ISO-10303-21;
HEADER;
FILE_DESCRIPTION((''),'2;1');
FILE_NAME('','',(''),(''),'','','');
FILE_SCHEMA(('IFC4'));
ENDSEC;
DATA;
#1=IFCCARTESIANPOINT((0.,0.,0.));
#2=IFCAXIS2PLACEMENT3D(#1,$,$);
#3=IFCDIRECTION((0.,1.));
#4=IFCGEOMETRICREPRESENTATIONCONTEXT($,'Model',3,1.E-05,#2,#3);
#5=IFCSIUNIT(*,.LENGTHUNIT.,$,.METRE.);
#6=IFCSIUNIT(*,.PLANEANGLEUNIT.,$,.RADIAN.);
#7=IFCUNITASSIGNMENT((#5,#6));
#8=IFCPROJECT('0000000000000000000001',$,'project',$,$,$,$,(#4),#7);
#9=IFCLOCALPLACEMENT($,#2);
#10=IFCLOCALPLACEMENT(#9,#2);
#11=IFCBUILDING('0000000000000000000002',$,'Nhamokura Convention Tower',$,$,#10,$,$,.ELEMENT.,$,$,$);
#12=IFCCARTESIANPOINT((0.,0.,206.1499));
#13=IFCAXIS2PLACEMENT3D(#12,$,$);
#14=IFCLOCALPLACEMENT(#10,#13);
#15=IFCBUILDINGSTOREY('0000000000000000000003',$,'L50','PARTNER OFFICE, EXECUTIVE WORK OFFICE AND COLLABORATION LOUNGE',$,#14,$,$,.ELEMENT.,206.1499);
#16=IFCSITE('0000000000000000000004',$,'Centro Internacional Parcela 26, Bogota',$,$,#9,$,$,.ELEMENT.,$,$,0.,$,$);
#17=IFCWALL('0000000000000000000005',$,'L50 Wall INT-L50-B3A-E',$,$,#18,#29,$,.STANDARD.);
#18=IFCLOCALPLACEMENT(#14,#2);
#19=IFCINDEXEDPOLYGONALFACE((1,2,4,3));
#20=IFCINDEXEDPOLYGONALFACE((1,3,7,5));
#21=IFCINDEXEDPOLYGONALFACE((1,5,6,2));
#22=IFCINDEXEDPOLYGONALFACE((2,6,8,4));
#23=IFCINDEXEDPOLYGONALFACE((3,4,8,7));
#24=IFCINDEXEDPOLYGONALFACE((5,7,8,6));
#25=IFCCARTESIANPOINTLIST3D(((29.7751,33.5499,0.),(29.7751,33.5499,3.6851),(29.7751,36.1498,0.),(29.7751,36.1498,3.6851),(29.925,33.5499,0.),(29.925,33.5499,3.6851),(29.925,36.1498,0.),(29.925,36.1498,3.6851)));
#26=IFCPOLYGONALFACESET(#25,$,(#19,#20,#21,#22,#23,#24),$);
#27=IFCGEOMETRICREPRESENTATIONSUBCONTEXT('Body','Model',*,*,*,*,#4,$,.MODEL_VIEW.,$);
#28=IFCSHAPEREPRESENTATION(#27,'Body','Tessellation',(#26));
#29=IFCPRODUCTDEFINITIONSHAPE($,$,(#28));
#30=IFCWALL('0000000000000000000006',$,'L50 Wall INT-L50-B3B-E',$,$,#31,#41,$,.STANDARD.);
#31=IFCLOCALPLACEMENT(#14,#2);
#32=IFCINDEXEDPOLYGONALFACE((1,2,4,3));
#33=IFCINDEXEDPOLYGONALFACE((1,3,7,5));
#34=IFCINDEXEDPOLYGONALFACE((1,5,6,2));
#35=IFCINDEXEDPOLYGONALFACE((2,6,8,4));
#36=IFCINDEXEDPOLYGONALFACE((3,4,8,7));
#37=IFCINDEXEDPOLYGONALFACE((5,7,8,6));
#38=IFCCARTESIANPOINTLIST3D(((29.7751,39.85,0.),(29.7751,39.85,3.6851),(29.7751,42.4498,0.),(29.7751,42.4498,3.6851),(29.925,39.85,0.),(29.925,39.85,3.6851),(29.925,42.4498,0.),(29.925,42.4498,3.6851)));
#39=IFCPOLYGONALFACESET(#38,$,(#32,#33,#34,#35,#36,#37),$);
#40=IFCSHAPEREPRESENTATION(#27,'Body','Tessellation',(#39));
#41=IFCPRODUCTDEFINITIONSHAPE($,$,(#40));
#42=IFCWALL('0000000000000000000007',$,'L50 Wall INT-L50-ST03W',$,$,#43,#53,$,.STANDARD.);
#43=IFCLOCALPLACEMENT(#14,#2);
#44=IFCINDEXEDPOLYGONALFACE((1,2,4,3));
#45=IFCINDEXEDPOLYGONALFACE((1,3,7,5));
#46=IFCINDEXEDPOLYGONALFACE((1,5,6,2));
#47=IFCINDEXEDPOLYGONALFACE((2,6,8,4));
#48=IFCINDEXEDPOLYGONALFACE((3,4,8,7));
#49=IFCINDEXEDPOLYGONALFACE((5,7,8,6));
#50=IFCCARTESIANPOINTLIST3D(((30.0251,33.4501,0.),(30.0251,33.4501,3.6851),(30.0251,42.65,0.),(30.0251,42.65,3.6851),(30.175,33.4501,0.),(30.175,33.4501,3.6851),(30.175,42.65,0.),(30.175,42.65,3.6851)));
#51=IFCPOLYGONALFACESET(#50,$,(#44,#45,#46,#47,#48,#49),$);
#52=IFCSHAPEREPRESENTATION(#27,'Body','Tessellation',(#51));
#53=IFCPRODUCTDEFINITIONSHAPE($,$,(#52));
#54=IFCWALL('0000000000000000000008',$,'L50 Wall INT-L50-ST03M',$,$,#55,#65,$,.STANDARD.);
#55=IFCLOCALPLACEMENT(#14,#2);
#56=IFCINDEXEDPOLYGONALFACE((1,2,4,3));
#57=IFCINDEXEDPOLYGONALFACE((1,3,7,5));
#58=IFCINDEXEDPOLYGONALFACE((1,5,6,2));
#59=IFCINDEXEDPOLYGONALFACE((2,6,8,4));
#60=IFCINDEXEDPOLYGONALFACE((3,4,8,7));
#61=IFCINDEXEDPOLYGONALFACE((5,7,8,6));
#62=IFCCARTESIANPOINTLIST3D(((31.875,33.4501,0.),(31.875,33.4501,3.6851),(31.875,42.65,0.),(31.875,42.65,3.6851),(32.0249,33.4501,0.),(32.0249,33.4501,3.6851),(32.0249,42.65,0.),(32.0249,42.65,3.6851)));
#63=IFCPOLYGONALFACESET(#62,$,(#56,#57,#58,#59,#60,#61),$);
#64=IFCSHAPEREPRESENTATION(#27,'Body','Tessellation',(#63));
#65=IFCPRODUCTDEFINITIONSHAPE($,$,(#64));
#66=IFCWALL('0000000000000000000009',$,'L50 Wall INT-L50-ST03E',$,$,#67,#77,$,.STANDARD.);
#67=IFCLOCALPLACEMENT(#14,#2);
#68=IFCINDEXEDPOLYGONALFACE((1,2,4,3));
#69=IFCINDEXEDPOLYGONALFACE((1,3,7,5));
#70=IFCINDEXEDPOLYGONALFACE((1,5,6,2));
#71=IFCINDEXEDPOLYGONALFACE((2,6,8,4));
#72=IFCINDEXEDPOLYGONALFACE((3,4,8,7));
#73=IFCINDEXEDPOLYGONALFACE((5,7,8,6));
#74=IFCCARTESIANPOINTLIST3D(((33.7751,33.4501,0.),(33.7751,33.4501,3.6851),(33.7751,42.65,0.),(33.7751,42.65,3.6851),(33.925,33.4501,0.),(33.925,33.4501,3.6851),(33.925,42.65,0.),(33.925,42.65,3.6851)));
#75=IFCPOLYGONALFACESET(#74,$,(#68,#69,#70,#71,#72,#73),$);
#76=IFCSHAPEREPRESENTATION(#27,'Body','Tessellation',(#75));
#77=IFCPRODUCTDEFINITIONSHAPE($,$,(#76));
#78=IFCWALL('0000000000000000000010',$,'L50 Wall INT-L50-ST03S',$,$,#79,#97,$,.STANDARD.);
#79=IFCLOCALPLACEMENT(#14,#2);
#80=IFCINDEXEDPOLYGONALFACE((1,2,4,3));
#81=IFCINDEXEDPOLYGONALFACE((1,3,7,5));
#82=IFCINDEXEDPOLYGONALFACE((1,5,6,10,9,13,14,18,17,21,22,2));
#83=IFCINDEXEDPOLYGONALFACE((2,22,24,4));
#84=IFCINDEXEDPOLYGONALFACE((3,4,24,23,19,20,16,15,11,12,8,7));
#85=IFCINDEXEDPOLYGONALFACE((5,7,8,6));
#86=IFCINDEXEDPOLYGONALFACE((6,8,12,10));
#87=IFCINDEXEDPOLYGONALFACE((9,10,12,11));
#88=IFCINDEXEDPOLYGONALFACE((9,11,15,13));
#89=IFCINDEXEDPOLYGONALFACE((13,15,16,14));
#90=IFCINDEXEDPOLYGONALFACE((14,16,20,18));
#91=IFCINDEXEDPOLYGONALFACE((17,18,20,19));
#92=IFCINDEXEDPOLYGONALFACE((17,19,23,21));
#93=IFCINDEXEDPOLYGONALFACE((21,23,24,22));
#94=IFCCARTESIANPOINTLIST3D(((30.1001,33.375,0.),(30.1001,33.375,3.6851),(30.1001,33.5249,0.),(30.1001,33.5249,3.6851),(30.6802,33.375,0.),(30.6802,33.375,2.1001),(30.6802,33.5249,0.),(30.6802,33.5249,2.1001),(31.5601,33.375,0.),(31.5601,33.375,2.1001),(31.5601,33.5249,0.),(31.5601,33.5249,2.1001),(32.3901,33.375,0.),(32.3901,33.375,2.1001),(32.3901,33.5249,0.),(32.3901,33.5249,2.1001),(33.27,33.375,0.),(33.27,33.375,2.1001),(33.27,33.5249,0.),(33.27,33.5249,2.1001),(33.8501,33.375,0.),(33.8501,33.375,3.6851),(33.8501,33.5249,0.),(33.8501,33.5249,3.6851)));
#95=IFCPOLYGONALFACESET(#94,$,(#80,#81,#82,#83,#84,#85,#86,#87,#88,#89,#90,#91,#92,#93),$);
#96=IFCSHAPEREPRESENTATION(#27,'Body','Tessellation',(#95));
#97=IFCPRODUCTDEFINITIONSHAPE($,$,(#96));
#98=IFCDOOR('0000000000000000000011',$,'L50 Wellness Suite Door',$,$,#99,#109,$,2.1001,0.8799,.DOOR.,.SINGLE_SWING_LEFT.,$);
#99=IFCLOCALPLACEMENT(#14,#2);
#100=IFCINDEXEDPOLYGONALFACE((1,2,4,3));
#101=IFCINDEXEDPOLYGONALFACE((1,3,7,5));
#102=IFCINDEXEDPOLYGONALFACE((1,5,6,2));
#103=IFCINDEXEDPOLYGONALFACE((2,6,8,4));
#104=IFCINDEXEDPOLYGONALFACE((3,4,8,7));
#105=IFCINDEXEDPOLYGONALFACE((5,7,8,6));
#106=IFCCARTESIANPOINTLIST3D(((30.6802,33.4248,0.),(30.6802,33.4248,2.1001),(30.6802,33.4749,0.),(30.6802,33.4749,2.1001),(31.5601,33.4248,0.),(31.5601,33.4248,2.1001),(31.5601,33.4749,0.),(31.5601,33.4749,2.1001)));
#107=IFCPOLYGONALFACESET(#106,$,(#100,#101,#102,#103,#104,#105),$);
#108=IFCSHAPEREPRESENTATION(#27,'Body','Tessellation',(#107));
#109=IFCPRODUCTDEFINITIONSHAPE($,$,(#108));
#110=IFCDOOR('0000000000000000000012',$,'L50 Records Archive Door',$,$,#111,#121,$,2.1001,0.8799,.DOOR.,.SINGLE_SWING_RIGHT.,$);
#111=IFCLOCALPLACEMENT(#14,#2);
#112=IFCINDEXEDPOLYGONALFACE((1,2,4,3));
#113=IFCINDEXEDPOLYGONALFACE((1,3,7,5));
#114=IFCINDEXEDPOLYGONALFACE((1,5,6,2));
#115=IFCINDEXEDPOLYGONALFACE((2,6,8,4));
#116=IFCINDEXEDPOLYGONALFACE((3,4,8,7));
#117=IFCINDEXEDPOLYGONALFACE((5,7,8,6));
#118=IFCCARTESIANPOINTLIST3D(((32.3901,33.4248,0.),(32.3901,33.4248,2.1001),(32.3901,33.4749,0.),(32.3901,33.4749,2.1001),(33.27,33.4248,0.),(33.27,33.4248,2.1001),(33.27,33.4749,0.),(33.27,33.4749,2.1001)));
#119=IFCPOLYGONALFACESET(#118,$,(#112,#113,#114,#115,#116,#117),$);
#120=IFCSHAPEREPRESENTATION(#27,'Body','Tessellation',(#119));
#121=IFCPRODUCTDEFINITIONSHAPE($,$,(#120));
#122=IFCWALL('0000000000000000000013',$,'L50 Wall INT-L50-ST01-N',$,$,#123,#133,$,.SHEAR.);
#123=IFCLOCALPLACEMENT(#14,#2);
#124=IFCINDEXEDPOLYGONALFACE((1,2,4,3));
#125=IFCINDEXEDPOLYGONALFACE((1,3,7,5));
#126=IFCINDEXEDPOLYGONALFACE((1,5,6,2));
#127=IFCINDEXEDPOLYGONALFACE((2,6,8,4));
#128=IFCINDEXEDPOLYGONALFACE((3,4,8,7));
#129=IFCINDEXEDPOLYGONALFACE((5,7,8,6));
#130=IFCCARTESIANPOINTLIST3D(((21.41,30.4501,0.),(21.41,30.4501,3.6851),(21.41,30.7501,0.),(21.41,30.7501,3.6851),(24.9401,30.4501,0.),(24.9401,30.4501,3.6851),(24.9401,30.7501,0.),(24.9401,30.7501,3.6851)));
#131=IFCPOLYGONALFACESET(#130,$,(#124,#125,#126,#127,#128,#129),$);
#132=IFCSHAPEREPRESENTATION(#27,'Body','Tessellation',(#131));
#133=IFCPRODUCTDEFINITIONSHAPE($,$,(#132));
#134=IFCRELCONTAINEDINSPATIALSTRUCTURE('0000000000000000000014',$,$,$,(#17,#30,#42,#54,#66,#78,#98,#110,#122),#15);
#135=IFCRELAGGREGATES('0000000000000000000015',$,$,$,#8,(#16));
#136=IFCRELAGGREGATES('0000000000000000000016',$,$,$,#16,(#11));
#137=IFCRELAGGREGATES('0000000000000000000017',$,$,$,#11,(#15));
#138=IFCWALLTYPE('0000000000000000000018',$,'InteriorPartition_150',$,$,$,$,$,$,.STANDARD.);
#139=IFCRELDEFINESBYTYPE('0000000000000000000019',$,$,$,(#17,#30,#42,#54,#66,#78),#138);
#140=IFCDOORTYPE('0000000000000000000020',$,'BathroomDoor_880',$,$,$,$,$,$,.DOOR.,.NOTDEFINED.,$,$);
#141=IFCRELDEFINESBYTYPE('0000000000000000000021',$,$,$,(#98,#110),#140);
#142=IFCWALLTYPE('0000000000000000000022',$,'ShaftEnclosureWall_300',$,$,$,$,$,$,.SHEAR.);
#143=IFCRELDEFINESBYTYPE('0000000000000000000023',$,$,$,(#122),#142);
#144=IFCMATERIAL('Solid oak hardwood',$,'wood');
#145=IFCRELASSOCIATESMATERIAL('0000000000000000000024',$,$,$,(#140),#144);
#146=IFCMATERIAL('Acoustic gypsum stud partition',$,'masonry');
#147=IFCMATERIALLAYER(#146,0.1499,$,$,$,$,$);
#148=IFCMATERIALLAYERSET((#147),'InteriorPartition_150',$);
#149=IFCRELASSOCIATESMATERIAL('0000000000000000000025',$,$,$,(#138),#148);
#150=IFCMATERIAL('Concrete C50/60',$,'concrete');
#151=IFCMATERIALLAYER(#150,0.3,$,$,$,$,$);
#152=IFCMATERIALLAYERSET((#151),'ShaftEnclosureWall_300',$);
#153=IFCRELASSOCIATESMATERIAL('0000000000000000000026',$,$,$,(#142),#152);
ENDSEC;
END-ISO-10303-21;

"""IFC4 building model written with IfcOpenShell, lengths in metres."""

from ifc_helpers import new_model, si_unit, direction, frame, frame_2d, origin, place, context, subcontext, project, spatial, rectangle, extrude, material, layer, layer_set, type_object, element, fill, save


model = new_model("IFC4")

# Units and contexts
model_context = context("Model", 3, precision=1e-05, world=origin(), true_north=direction((0.0, 1.0)))
body_context = subcontext(model_context, "Body", "Model", "MODEL_VIEW")
ifc_project = project(units=[si_unit("LENGTHUNIT", "METRE"), si_unit("PLANEANGLEUNIT", "RADIAN")], contexts=[model_context])

# Site, building, storey
site_placement = place(None, origin())
site = spatial("IfcSite", under=ifc_project, at=site_placement, Name="Centro Internacional Parcela 26, Bogota", CompositionType="ELEMENT", RefElevation=0.0)
building_placement = place(site_placement, origin())
building = spatial("IfcBuilding", under=site, at=building_placement, Name="Nhamokura Convention Tower", CompositionType="ELEMENT")
storey_placement = place(building_placement, frame((0.0, 0.0, 206.1499)))
storey = spatial("IfcBuildingStorey", under=building, at=storey_placement, Name="L50", Description="PARTNER OFFICE, EXECUTIVE WORK OFFICE AND COLLABORATION LOUNGE", CompositionType="ELEMENT", Elevation=206.1499)

# Shared definitions
ifc_material_1 = material(Name="Solid oak hardwood", Category="wood")
door_type_1 = type_object("IfcDoorType", Name="BathroomDoor_880", OperationType="NOTDEFINED", PredefinedType="DOOR", material=ifc_material_1)

# Walls
ifc_material_2 = material(Name="Acoustic gypsum stud partition", Category="masonry")
ifc_layer_1 = layer(ifc_material_2, 0.1499)
ifc_layer_set_1 = layer_set([ifc_layer_1], Name="InteriorPartition_150")
wall_type_1 = type_object("IfcWallType", Name="InteriorPartition_150", PredefinedType="STANDARD", material=ifc_layer_set_1)
for number, where, z_axis, x_axis, name in (
    (1, (29.8501, 33.55, 0.0), (0.0, 0.0, 1.0), (0.0, 1.0, 0.0), "L50 Wall INT-L50-B3A-E"),
    (2, (29.8501, 39.8501, 0.0), (0.0, 0.0, 1.0), (0.0, 1.0, 0.0), "L50 Wall INT-L50-B3B-E"),
):
    element("IfcWall", number, at=place(storey_placement, frame(where, z_axis=z_axis, x_axis=x_axis)), inside=storey, type_object=wall_type_1, Name=name, PredefinedType="STANDARD", context=body_context, shape_type="SweptSolid", body=[
        extrude(rectangle(XDim=2.5999, YDim=0.1499, at=frame_2d((1.2998, 0.0))), origin(), (0.0, 0.0, 1.0), 3.6851),
    ])
for number, where, z_axis, x_axis, name in (
    (3, (30.1001, 33.45, 0.0), (0.0, 0.0, 1.0), (0.0, 1.0, 0.0), "L50 Wall INT-L50-ST03W"),
    (4, (31.95, 33.45, 0.0), (0.0, 0.0, 1.0), (0.0, 1.0, 0.0), "L50 Wall INT-L50-ST03M"),
    (5, (33.8501, 33.45, 0.0), (0.0, 0.0, 1.0), (0.0, 1.0, 0.0), "L50 Wall INT-L50-ST03E"),
):
    element("IfcWall", number, at=place(storey_placement, frame(where, z_axis=z_axis, x_axis=x_axis)), inside=storey, type_object=wall_type_1, Name=name, PredefinedType="STANDARD", context=body_context, shape_type="SweptSolid", body=[
        extrude(rectangle(XDim=9.2, YDim=0.1499, at=frame_2d((4.6001, 0.0))), origin(), (0.0, 0.0, 1.0), 3.6851),
    ])

# Wall, openings, doors
wall_1_placement = place(storey_placement, frame((30.1001, 33.45, 0.0), z_axis=(0.0, 0.0, 1.0), x_axis=(1.0, 0.0, 0.0)))
wall_1 = element("IfcWall", 6, at=wall_1_placement, inside=storey, type_object=wall_type_1, Name="L50 Wall INT-L50-ST03S", PredefinedType="STANDARD", context=body_context, shape_type="SweptSolid", body=[
    extrude(rectangle(XDim=3.75, YDim=0.1499, at=frame_2d((1.875, 0.0))), origin(), (0.0, 0.0, 1.0), 3.6851),
])
opening_1_placement = place(wall_1_placement, frame((0.5801, 0.0, 0.0)))
opening_1 = element("IfcOpeningElement", 7, at=opening_1_placement, cuts=wall_1, PredefinedType="OPENING", context=body_context, shape_type="SweptSolid", body=[
    extrude(rectangle(XDim=0.8799, YDim=2.1001, at=frame_2d((0.4399, 1.05))), frame((0.0, 0.085, 0.0), z_axis=(0.0, -1.0, 0.0), x_axis=(1.0, 0.0, 0.0)), (0.0, 0.0, 1.0), 0.1699),
])
opening_2_placement = place(wall_1_placement, frame((2.29, 0.0, 0.0)))
opening_2 = element("IfcOpeningElement", 8, at=opening_2_placement, cuts=wall_1, PredefinedType="OPENING", context=body_context, shape_type="SweptSolid", body=[
    extrude(rectangle(XDim=0.8799, YDim=2.1001, at=frame_2d((0.4399, 1.05))), frame((0.0, 0.085, 0.0), z_axis=(0.0, -1.0, 0.0), x_axis=(1.0, 0.0, 0.0)), (0.0, 0.0, 1.0), 0.1699),
])
door_1_placement = place(opening_1_placement, origin())
door_1 = element("IfcDoor", 9, at=door_1_placement, inside=storey, type_object=door_type_1, Name="L50 Wellness Suite Door", OperationType="SINGLE_SWING_LEFT", OverallHeight=2.1001, OverallWidth=0.8799, PredefinedType="DOOR", context=body_context, shape_type="SweptSolid", body=[
    extrude(rectangle(XDim=0.8799, YDim=2.1001, at=frame_2d((0.4399, 1.05))), frame((0.0, 0.0249, 0.0), z_axis=(0.0, -1.0, 0.0), x_axis=(1.0, 0.0, 0.0)), (0.0, 0.0, 1.0), 0.05),
])
fill(opening_1, door_1)
door_2_placement = place(opening_2_placement, origin())
door_2 = element("IfcDoor", 10, at=door_2_placement, inside=storey, type_object=door_type_1, Name="L50 Records Archive Door", OperationType="SINGLE_SWING_RIGHT", OverallHeight=2.1001, OverallWidth=0.8799, PredefinedType="DOOR", context=body_context, shape_type="SweptSolid", body=[
    extrude(rectangle(XDim=0.8799, YDim=2.1001, at=frame_2d((0.4399, 1.05))), frame((0.0, 0.0249, 0.0), z_axis=(0.0, -1.0, 0.0), x_axis=(1.0, 0.0, 0.0)), (0.0, 0.0, 1.0), 0.05),
])
fill(opening_2, door_2)

# Wall
ifc_material_3 = material(Name="Concrete C50/60", Category="concrete")
ifc_layer_2 = layer(ifc_material_3, 0.3)
ifc_layer_set_2 = layer_set([ifc_layer_2], Name="ShaftEnclosureWall_300")
wall_type_2 = type_object("IfcWallType", Name="ShaftEnclosureWall_300", PredefinedType="SHEAR", material=ifc_layer_set_2)
wall_2_placement = place(storey_placement, frame((21.4099, 30.6001, 0.0), z_axis=(0.0, 0.0, 1.0), x_axis=(1.0, 0.0, 0.0)))
element("IfcWall", 11, at=wall_2_placement, inside=storey, type_object=wall_type_2, Name="L50 Wall INT-L50-ST01-N", PredefinedType="SHEAR", context=body_context, shape_type="SweptSolid", body=[
    extrude(rectangle(XDim=3.53, YDim=0.3, at=frame_2d((1.7651, 0.0))), origin(), (0.0, 0.0, 1.0), 3.6851),
])

save(model, "model.ifc")
